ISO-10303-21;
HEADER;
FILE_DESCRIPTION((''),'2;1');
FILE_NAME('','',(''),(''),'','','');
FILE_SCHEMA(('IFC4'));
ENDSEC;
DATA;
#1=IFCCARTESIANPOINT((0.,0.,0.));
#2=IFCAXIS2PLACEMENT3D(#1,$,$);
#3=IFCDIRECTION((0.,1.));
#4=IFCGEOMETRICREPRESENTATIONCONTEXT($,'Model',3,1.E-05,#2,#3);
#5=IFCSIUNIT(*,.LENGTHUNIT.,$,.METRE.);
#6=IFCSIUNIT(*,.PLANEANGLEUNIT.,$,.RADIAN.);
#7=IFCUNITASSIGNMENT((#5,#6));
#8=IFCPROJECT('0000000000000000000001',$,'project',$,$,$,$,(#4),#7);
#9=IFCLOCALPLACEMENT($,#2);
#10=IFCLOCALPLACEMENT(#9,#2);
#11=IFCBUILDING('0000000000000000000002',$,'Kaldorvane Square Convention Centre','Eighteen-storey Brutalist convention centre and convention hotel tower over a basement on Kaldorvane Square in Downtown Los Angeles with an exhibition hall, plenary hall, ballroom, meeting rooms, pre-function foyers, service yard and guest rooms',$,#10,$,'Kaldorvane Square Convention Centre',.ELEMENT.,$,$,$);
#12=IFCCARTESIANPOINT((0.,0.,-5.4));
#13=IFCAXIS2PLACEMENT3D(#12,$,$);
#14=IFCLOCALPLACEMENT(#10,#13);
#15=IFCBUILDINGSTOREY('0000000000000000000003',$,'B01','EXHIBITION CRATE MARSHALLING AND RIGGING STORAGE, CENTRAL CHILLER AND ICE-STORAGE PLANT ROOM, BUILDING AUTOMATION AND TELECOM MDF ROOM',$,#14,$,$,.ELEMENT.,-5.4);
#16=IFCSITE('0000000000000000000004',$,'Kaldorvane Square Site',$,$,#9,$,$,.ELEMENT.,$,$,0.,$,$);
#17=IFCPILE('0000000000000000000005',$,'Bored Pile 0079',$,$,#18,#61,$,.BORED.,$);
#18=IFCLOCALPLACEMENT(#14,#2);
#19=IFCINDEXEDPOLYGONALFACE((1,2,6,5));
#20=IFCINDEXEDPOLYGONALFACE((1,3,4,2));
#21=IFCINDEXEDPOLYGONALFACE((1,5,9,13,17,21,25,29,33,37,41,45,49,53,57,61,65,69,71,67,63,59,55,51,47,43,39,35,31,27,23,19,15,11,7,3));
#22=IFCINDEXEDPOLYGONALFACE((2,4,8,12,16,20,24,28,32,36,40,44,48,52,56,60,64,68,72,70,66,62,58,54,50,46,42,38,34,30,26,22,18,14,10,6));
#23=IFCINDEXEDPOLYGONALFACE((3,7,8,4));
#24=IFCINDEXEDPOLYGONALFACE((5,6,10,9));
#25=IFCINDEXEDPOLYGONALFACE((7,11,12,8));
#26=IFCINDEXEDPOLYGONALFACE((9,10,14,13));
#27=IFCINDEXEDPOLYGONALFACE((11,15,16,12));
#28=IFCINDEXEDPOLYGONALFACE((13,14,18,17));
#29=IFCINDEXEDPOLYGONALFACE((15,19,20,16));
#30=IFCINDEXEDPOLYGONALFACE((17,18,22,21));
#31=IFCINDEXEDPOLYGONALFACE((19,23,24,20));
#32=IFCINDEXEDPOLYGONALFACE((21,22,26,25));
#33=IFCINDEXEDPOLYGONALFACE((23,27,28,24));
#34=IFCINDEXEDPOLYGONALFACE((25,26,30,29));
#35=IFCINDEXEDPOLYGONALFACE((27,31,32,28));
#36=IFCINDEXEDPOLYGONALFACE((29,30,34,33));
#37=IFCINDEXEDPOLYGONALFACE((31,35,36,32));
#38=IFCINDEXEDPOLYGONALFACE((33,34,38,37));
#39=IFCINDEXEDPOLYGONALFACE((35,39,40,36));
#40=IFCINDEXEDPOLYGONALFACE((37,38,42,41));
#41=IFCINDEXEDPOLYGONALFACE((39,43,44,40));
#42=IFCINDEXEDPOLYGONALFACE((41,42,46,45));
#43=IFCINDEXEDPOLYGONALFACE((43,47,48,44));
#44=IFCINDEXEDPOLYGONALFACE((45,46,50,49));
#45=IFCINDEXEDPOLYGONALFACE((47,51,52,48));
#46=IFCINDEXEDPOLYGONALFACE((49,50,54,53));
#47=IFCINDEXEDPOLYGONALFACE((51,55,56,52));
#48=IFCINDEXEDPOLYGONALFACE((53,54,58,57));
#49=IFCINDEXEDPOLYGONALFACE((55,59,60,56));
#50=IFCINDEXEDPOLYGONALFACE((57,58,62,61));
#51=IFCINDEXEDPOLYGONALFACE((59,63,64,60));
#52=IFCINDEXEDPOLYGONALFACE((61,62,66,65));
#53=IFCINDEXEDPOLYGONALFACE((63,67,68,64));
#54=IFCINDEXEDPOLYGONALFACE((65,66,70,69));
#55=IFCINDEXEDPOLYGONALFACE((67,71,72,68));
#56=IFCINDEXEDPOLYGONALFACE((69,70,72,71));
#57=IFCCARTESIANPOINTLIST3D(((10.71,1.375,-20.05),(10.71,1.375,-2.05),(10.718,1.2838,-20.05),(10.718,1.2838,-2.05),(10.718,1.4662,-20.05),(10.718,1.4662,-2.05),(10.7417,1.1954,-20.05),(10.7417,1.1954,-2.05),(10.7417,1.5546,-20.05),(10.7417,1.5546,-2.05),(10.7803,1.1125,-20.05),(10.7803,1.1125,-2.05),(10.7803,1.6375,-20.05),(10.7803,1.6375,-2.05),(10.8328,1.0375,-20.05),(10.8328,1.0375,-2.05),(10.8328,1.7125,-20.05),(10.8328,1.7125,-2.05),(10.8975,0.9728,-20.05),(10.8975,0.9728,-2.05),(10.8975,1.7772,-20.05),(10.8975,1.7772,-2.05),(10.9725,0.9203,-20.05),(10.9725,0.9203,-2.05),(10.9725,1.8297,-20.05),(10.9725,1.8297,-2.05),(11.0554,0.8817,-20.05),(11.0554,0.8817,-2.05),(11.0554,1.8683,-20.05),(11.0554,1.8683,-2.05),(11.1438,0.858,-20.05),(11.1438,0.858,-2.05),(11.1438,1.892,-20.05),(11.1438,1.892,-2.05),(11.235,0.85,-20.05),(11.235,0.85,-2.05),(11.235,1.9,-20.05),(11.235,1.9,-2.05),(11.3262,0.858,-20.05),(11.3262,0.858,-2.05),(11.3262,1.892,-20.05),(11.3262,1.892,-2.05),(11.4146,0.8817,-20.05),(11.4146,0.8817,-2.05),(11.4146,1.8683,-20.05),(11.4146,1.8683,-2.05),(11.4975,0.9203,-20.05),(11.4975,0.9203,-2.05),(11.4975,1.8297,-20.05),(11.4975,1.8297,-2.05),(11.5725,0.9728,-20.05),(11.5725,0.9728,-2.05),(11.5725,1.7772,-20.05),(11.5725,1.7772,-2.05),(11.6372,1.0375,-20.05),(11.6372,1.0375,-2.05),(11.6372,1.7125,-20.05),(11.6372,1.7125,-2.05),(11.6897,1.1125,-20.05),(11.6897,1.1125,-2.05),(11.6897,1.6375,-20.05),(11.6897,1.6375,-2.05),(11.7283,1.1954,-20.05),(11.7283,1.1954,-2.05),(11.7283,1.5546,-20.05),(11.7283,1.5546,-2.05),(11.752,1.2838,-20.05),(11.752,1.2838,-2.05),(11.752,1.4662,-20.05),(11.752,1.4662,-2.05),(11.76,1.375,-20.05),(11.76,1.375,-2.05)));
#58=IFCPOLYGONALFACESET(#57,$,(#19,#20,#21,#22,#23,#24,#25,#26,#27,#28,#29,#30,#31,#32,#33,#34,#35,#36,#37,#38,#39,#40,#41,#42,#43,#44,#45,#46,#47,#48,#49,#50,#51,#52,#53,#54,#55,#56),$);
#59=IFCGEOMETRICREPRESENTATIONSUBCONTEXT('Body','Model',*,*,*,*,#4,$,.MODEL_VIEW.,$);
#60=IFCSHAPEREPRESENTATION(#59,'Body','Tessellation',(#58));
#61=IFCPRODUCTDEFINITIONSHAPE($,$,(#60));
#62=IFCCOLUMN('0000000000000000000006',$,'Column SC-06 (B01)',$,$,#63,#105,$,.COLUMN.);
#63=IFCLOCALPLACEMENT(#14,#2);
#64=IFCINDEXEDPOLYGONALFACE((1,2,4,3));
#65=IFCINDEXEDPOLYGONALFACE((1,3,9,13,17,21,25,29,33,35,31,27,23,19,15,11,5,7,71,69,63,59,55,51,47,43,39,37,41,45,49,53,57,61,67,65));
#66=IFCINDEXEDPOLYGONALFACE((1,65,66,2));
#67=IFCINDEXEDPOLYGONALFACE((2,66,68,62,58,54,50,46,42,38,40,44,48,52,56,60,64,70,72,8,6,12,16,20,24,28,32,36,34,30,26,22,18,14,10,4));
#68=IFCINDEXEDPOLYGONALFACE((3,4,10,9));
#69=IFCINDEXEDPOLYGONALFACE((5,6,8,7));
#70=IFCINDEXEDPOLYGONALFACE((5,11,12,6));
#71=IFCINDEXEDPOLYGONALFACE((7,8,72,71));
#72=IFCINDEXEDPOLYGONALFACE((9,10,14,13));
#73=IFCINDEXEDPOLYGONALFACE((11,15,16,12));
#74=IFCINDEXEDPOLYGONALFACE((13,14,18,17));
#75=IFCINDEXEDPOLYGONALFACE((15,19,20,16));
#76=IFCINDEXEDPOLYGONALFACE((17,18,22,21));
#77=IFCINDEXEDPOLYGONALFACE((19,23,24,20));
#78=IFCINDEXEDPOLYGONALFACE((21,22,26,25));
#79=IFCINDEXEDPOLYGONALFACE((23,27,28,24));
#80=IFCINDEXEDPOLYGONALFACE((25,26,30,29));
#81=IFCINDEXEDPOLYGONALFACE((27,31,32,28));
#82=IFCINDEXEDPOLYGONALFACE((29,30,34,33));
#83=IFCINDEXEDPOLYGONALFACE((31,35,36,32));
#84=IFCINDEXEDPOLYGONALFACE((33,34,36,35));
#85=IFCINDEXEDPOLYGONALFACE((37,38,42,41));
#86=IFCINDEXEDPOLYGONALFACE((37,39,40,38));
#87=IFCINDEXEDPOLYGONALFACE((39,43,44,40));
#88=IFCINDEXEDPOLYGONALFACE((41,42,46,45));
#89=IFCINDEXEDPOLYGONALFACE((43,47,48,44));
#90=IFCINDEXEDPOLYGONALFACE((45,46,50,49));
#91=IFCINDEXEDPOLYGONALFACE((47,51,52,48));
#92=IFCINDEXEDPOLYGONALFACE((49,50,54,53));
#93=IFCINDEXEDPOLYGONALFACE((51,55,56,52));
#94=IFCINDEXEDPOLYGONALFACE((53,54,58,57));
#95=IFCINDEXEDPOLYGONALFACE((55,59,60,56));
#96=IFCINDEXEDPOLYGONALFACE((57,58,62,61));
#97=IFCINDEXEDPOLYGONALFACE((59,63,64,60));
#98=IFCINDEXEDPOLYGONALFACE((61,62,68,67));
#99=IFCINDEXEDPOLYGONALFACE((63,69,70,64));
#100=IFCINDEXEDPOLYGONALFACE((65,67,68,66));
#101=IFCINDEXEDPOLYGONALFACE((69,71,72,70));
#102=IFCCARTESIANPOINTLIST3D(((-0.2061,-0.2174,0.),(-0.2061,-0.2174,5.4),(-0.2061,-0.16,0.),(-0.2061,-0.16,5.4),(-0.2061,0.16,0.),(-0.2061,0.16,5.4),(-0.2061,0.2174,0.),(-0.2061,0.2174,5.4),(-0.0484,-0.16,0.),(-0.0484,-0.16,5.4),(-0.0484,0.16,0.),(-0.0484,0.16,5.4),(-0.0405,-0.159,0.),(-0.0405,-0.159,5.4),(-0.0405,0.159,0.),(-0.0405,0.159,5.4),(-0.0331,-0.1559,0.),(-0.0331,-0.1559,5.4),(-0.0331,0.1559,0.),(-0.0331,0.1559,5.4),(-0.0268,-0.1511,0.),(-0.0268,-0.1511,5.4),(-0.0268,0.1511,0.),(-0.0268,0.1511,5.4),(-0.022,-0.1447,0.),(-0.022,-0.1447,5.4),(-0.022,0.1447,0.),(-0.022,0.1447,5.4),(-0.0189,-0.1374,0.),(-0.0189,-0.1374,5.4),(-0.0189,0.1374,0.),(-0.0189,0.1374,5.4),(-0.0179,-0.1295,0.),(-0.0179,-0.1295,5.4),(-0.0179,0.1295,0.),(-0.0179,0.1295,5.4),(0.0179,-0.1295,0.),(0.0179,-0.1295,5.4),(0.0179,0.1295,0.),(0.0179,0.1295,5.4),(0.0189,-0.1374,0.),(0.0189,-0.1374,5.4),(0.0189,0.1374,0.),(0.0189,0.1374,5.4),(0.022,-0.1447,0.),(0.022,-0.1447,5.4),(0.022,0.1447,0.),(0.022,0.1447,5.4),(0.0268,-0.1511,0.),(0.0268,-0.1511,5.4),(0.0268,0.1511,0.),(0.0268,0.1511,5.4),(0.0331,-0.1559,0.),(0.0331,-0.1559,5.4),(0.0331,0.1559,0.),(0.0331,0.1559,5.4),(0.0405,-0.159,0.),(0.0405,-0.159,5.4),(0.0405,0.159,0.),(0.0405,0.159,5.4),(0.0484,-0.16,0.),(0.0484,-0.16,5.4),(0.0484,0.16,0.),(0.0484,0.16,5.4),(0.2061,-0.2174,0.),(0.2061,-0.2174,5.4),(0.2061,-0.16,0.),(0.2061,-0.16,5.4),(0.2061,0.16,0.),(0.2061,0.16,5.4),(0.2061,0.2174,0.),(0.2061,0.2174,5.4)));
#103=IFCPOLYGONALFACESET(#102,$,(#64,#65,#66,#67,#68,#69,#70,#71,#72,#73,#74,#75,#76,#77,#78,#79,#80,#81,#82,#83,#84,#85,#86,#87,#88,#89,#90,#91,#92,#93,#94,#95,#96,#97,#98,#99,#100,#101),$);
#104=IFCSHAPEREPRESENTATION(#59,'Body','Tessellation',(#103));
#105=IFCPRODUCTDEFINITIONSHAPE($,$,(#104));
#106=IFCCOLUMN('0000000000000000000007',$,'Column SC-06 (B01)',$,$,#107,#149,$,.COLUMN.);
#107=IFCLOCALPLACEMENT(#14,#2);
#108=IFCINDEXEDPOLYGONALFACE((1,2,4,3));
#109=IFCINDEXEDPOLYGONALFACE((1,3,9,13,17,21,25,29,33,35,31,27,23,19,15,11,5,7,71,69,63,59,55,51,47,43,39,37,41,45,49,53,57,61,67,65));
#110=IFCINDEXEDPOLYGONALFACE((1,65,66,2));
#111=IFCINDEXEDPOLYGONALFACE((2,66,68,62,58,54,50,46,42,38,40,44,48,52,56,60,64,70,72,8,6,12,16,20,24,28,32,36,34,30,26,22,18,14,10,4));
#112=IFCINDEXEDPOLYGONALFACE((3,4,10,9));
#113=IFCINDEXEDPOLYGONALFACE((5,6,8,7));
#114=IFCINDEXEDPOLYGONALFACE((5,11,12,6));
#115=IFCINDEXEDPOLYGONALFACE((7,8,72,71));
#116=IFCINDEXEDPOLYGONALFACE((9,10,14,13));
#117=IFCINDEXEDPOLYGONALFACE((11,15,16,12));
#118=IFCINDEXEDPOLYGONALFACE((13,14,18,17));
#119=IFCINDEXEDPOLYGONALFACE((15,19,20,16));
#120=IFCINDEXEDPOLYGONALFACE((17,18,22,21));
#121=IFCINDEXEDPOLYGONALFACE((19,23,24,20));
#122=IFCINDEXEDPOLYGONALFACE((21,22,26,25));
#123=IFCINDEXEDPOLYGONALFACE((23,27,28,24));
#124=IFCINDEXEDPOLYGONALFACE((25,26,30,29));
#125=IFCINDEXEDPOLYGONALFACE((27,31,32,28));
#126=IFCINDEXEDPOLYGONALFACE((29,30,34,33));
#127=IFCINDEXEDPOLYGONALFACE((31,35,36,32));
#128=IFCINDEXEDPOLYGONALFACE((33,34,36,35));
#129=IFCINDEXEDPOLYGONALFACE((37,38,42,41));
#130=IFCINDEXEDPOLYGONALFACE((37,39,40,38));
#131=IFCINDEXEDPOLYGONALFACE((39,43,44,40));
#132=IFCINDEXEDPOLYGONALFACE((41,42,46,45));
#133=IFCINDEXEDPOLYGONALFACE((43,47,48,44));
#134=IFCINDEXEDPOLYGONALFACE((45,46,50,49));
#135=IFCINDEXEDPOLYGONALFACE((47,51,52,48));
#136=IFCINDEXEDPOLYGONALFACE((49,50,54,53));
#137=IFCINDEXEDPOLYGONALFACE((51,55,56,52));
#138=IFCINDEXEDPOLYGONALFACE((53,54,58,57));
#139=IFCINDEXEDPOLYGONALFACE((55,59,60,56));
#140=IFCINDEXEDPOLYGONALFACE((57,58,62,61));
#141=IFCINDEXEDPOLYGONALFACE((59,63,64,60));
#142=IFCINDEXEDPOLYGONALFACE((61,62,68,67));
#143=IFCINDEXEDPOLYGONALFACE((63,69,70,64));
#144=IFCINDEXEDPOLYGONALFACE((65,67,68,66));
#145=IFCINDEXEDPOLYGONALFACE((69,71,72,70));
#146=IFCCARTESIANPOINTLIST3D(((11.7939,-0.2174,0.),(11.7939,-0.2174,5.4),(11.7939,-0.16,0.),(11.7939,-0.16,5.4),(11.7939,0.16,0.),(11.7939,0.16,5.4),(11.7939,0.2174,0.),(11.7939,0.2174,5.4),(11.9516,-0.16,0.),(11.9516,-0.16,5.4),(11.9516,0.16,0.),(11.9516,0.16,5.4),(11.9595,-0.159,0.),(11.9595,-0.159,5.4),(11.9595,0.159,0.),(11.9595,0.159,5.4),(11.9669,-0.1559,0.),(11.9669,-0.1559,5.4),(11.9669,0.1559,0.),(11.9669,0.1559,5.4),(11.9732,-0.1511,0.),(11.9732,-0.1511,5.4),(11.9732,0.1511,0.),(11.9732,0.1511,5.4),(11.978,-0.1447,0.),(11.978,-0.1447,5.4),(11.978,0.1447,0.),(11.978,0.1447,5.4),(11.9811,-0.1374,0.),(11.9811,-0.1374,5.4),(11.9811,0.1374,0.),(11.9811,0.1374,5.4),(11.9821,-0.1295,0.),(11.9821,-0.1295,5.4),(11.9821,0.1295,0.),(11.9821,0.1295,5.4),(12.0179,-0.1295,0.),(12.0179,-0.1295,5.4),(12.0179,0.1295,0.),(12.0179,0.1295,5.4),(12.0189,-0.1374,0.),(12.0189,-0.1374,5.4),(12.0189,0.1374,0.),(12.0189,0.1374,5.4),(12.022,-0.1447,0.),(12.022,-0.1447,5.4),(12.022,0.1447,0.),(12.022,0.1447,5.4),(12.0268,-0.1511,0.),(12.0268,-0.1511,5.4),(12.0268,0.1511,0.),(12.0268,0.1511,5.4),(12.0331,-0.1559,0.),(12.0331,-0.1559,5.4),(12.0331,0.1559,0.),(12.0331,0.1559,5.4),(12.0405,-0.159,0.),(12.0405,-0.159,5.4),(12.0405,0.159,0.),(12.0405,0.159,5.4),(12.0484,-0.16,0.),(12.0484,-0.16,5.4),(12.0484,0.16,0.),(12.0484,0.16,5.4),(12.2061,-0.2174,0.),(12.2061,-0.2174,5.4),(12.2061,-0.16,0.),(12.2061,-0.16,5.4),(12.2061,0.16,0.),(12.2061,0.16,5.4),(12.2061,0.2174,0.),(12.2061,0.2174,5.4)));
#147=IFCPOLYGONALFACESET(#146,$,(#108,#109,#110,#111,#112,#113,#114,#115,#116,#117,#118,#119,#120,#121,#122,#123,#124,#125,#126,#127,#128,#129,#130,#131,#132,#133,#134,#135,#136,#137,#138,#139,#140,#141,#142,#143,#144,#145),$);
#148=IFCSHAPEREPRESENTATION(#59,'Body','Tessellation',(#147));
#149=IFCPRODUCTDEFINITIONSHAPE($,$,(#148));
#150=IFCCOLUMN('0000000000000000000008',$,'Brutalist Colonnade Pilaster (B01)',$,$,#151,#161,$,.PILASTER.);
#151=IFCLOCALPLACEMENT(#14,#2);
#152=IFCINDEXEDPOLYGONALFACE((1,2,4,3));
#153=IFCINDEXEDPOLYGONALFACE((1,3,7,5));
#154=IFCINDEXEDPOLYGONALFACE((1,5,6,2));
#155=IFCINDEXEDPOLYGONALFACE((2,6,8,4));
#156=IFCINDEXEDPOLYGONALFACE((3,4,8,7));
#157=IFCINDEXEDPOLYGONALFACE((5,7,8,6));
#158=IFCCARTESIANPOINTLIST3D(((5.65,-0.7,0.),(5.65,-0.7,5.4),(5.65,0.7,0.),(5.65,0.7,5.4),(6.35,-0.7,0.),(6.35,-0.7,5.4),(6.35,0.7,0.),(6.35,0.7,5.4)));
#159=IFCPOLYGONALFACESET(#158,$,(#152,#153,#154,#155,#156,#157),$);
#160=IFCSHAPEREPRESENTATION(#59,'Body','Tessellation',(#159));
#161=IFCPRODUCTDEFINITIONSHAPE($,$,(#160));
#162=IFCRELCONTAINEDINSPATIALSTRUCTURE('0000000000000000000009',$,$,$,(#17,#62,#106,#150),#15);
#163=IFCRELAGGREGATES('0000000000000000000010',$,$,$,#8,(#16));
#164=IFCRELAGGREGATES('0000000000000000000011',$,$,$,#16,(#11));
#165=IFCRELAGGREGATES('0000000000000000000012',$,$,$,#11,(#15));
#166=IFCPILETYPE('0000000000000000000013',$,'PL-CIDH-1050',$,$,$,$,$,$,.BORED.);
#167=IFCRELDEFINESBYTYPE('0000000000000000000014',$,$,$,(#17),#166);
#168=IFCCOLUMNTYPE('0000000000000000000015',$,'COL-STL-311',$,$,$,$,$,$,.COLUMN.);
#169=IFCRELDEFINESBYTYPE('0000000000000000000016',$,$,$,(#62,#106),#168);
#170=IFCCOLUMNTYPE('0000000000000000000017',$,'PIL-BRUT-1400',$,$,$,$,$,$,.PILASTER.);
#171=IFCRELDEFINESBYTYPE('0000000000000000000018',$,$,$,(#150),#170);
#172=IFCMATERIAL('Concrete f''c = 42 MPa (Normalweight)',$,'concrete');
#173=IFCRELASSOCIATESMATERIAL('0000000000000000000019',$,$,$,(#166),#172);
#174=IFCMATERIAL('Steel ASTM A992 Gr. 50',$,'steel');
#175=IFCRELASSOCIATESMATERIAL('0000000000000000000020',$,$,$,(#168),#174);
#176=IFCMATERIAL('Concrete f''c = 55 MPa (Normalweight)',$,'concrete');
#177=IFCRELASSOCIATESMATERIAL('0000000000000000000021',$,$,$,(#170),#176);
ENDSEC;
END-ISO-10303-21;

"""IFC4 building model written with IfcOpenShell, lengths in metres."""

from ifc_helpers import new_model, si_unit, direction, frame, origin, origin_2d, place, context, subcontext, project, spatial, rectangle, circle, i_section, extrude, material, material_profile, profile_set, type_object, element, save


model = new_model("IFC4")

# Units and contexts
model_context = context("Model", 3, precision=1e-05, world=origin(), true_north=direction((0.0, 1.0)))
body_context = subcontext(model_context, "Body", "Model", "MODEL_VIEW")
ifc_project = project(units=[si_unit("LENGTHUNIT", "METRE"), si_unit("PLANEANGLEUNIT", "RADIAN")], contexts=[model_context])

# Site, building, storey
site_placement = place(None, origin())
site = spatial("IfcSite", under=ifc_project, at=site_placement, Name="Kaldorvane Square Site", CompositionType="ELEMENT", RefElevation=0.0)
building_placement = place(site_placement, origin())
building = spatial("IfcBuilding", under=site, at=building_placement, Name="Kaldorvane Square Convention Centre", Description="Eighteen-storey Brutalist convention centre and convention hotel tower over a basement on Kaldorvane Square in Downtown Los Angeles with an exhibition hall, plenary hall, ballroom, meeting rooms, pre-function foyers, service yard and guest rooms", LongName="Kaldorvane Square Convention Centre", CompositionType="ELEMENT")
storey_placement = place(building_placement, frame((0.0, 0.0, -5.4)))
storey = spatial("IfcBuildingStorey", under=building, at=storey_placement, Name="B01", Description="EXHIBITION CRATE MARSHALLING AND RIGGING STORAGE, CENTRAL CHILLER AND ICE-STORAGE PLANT ROOM, BUILDING AUTOMATION AND TELECOM MDF ROOM", CompositionType="ELEMENT", Elevation=-5.4)

# Pile
ifc_material_1 = material(Name="Concrete f'c = 42 MPa (Normalweight)", Category="concrete")
ifc_material_profile_1 = material_profile(ifc_material_1, circle(Radius=0.525, at=origin_2d()), Name="PILE-D1050")
ifc_profile_set_1 = profile_set([ifc_material_profile_1], Name="Concrete f'c = 42 MPa (Normalweight)")
pile_type = type_object("IfcPileType", Name="PL-CIDH-1050", PredefinedType="BORED", material=ifc_profile_set_1)
for number, where, z_axis, x_axis, name in (
    (1, (11.235, 1.375, -2.05), (0.0, 0.0, -1.0), (1.0, 0.0, 0.0), "Bored Pile 0079"),
):
    element("IfcPile", number, at=place(storey_placement, frame(where, z_axis=z_axis, x_axis=x_axis)), inside=storey, type_object=pile_type, Name=name, PredefinedType="BORED", context=body_context, shape_type="SweptSolid", body=[
        extrude(circle(Radius=0.525, at=origin_2d()), origin(), (0.0, 0.0, 1.0), 18.0),
    ])

# Columns
ifc_material_2 = material(Name="Steel ASTM A992 Gr. 50", Category="steel")
ifc_material_profile_2 = material_profile(ifc_material_2, i_section(OverallWidth=0.4122, OverallDepth=0.4348, WebThickness=0.0358, FlangeThickness=0.0574, FilletRadius=0.0305, at=origin_2d()), Name="W14X311")
ifc_profile_set_2 = profile_set([ifc_material_profile_2], Name="Steel ASTM A992 Gr. 50")
column_type_1 = type_object("IfcColumnType", Name="COL-STL-311", PredefinedType="COLUMN", material=ifc_profile_set_2)
for number, where, z_axis, x_axis, name in (
    (2, (0.0, 0.0, 0.0), (0.0, 0.0, 1.0), (1.0, 0.0, 0.0), "Column SC-06 (B01)"),
    (3, (12.0, 0.0, 0.0), (0.0, 0.0, 1.0), (1.0, 0.0, 0.0), "Column SC-06 (B01)"),
):
    element("IfcColumn", number, at=place(storey_placement, frame(where, z_axis=z_axis, x_axis=x_axis)), inside=storey, type_object=column_type_1, Name=name, PredefinedType="COLUMN", context=body_context, shape_type="SweptSolid", body=[
        extrude(i_section(OverallWidth=0.4122, OverallDepth=0.4348, WebThickness=0.0358, FlangeThickness=0.0574, FilletRadius=0.0305, at=origin_2d()), origin(), (0.0, 0.0, 1.0), 5.4),
    ])
ifc_material_3 = material(Name="Concrete f'c = 55 MPa (Normalweight)", Category="concrete")
ifc_material_profile_3 = material_profile(ifc_material_3, rectangle(XDim=0.7, YDim=1.4, at=origin_2d()), Name="PIL1400X700")
ifc_profile_set_3 = profile_set([ifc_material_profile_3], Name="Concrete f'c = 55 MPa (Normalweight)")
column_type_2 = type_object("IfcColumnType", Name="PIL-BRUT-1400", PredefinedType="PILASTER", material=ifc_profile_set_3)
column_placement = place(storey_placement, frame((6.0, 0.0, 0.0), z_axis=(0.0, 0.0, 1.0), x_axis=(1.0, 0.0, 0.0)))
element("IfcColumn", 4, at=column_placement, inside=storey, type_object=column_type_2, Name="Brutalist Colonnade Pilaster (B01)", PredefinedType="PILASTER", context=body_context, shape_type="SweptSolid", body=[
    extrude(rectangle(XDim=0.7, YDim=1.4, at=origin_2d()), origin(), (0.0, 0.0, 1.0), 5.4),
])

save(model, "model.ifc")
